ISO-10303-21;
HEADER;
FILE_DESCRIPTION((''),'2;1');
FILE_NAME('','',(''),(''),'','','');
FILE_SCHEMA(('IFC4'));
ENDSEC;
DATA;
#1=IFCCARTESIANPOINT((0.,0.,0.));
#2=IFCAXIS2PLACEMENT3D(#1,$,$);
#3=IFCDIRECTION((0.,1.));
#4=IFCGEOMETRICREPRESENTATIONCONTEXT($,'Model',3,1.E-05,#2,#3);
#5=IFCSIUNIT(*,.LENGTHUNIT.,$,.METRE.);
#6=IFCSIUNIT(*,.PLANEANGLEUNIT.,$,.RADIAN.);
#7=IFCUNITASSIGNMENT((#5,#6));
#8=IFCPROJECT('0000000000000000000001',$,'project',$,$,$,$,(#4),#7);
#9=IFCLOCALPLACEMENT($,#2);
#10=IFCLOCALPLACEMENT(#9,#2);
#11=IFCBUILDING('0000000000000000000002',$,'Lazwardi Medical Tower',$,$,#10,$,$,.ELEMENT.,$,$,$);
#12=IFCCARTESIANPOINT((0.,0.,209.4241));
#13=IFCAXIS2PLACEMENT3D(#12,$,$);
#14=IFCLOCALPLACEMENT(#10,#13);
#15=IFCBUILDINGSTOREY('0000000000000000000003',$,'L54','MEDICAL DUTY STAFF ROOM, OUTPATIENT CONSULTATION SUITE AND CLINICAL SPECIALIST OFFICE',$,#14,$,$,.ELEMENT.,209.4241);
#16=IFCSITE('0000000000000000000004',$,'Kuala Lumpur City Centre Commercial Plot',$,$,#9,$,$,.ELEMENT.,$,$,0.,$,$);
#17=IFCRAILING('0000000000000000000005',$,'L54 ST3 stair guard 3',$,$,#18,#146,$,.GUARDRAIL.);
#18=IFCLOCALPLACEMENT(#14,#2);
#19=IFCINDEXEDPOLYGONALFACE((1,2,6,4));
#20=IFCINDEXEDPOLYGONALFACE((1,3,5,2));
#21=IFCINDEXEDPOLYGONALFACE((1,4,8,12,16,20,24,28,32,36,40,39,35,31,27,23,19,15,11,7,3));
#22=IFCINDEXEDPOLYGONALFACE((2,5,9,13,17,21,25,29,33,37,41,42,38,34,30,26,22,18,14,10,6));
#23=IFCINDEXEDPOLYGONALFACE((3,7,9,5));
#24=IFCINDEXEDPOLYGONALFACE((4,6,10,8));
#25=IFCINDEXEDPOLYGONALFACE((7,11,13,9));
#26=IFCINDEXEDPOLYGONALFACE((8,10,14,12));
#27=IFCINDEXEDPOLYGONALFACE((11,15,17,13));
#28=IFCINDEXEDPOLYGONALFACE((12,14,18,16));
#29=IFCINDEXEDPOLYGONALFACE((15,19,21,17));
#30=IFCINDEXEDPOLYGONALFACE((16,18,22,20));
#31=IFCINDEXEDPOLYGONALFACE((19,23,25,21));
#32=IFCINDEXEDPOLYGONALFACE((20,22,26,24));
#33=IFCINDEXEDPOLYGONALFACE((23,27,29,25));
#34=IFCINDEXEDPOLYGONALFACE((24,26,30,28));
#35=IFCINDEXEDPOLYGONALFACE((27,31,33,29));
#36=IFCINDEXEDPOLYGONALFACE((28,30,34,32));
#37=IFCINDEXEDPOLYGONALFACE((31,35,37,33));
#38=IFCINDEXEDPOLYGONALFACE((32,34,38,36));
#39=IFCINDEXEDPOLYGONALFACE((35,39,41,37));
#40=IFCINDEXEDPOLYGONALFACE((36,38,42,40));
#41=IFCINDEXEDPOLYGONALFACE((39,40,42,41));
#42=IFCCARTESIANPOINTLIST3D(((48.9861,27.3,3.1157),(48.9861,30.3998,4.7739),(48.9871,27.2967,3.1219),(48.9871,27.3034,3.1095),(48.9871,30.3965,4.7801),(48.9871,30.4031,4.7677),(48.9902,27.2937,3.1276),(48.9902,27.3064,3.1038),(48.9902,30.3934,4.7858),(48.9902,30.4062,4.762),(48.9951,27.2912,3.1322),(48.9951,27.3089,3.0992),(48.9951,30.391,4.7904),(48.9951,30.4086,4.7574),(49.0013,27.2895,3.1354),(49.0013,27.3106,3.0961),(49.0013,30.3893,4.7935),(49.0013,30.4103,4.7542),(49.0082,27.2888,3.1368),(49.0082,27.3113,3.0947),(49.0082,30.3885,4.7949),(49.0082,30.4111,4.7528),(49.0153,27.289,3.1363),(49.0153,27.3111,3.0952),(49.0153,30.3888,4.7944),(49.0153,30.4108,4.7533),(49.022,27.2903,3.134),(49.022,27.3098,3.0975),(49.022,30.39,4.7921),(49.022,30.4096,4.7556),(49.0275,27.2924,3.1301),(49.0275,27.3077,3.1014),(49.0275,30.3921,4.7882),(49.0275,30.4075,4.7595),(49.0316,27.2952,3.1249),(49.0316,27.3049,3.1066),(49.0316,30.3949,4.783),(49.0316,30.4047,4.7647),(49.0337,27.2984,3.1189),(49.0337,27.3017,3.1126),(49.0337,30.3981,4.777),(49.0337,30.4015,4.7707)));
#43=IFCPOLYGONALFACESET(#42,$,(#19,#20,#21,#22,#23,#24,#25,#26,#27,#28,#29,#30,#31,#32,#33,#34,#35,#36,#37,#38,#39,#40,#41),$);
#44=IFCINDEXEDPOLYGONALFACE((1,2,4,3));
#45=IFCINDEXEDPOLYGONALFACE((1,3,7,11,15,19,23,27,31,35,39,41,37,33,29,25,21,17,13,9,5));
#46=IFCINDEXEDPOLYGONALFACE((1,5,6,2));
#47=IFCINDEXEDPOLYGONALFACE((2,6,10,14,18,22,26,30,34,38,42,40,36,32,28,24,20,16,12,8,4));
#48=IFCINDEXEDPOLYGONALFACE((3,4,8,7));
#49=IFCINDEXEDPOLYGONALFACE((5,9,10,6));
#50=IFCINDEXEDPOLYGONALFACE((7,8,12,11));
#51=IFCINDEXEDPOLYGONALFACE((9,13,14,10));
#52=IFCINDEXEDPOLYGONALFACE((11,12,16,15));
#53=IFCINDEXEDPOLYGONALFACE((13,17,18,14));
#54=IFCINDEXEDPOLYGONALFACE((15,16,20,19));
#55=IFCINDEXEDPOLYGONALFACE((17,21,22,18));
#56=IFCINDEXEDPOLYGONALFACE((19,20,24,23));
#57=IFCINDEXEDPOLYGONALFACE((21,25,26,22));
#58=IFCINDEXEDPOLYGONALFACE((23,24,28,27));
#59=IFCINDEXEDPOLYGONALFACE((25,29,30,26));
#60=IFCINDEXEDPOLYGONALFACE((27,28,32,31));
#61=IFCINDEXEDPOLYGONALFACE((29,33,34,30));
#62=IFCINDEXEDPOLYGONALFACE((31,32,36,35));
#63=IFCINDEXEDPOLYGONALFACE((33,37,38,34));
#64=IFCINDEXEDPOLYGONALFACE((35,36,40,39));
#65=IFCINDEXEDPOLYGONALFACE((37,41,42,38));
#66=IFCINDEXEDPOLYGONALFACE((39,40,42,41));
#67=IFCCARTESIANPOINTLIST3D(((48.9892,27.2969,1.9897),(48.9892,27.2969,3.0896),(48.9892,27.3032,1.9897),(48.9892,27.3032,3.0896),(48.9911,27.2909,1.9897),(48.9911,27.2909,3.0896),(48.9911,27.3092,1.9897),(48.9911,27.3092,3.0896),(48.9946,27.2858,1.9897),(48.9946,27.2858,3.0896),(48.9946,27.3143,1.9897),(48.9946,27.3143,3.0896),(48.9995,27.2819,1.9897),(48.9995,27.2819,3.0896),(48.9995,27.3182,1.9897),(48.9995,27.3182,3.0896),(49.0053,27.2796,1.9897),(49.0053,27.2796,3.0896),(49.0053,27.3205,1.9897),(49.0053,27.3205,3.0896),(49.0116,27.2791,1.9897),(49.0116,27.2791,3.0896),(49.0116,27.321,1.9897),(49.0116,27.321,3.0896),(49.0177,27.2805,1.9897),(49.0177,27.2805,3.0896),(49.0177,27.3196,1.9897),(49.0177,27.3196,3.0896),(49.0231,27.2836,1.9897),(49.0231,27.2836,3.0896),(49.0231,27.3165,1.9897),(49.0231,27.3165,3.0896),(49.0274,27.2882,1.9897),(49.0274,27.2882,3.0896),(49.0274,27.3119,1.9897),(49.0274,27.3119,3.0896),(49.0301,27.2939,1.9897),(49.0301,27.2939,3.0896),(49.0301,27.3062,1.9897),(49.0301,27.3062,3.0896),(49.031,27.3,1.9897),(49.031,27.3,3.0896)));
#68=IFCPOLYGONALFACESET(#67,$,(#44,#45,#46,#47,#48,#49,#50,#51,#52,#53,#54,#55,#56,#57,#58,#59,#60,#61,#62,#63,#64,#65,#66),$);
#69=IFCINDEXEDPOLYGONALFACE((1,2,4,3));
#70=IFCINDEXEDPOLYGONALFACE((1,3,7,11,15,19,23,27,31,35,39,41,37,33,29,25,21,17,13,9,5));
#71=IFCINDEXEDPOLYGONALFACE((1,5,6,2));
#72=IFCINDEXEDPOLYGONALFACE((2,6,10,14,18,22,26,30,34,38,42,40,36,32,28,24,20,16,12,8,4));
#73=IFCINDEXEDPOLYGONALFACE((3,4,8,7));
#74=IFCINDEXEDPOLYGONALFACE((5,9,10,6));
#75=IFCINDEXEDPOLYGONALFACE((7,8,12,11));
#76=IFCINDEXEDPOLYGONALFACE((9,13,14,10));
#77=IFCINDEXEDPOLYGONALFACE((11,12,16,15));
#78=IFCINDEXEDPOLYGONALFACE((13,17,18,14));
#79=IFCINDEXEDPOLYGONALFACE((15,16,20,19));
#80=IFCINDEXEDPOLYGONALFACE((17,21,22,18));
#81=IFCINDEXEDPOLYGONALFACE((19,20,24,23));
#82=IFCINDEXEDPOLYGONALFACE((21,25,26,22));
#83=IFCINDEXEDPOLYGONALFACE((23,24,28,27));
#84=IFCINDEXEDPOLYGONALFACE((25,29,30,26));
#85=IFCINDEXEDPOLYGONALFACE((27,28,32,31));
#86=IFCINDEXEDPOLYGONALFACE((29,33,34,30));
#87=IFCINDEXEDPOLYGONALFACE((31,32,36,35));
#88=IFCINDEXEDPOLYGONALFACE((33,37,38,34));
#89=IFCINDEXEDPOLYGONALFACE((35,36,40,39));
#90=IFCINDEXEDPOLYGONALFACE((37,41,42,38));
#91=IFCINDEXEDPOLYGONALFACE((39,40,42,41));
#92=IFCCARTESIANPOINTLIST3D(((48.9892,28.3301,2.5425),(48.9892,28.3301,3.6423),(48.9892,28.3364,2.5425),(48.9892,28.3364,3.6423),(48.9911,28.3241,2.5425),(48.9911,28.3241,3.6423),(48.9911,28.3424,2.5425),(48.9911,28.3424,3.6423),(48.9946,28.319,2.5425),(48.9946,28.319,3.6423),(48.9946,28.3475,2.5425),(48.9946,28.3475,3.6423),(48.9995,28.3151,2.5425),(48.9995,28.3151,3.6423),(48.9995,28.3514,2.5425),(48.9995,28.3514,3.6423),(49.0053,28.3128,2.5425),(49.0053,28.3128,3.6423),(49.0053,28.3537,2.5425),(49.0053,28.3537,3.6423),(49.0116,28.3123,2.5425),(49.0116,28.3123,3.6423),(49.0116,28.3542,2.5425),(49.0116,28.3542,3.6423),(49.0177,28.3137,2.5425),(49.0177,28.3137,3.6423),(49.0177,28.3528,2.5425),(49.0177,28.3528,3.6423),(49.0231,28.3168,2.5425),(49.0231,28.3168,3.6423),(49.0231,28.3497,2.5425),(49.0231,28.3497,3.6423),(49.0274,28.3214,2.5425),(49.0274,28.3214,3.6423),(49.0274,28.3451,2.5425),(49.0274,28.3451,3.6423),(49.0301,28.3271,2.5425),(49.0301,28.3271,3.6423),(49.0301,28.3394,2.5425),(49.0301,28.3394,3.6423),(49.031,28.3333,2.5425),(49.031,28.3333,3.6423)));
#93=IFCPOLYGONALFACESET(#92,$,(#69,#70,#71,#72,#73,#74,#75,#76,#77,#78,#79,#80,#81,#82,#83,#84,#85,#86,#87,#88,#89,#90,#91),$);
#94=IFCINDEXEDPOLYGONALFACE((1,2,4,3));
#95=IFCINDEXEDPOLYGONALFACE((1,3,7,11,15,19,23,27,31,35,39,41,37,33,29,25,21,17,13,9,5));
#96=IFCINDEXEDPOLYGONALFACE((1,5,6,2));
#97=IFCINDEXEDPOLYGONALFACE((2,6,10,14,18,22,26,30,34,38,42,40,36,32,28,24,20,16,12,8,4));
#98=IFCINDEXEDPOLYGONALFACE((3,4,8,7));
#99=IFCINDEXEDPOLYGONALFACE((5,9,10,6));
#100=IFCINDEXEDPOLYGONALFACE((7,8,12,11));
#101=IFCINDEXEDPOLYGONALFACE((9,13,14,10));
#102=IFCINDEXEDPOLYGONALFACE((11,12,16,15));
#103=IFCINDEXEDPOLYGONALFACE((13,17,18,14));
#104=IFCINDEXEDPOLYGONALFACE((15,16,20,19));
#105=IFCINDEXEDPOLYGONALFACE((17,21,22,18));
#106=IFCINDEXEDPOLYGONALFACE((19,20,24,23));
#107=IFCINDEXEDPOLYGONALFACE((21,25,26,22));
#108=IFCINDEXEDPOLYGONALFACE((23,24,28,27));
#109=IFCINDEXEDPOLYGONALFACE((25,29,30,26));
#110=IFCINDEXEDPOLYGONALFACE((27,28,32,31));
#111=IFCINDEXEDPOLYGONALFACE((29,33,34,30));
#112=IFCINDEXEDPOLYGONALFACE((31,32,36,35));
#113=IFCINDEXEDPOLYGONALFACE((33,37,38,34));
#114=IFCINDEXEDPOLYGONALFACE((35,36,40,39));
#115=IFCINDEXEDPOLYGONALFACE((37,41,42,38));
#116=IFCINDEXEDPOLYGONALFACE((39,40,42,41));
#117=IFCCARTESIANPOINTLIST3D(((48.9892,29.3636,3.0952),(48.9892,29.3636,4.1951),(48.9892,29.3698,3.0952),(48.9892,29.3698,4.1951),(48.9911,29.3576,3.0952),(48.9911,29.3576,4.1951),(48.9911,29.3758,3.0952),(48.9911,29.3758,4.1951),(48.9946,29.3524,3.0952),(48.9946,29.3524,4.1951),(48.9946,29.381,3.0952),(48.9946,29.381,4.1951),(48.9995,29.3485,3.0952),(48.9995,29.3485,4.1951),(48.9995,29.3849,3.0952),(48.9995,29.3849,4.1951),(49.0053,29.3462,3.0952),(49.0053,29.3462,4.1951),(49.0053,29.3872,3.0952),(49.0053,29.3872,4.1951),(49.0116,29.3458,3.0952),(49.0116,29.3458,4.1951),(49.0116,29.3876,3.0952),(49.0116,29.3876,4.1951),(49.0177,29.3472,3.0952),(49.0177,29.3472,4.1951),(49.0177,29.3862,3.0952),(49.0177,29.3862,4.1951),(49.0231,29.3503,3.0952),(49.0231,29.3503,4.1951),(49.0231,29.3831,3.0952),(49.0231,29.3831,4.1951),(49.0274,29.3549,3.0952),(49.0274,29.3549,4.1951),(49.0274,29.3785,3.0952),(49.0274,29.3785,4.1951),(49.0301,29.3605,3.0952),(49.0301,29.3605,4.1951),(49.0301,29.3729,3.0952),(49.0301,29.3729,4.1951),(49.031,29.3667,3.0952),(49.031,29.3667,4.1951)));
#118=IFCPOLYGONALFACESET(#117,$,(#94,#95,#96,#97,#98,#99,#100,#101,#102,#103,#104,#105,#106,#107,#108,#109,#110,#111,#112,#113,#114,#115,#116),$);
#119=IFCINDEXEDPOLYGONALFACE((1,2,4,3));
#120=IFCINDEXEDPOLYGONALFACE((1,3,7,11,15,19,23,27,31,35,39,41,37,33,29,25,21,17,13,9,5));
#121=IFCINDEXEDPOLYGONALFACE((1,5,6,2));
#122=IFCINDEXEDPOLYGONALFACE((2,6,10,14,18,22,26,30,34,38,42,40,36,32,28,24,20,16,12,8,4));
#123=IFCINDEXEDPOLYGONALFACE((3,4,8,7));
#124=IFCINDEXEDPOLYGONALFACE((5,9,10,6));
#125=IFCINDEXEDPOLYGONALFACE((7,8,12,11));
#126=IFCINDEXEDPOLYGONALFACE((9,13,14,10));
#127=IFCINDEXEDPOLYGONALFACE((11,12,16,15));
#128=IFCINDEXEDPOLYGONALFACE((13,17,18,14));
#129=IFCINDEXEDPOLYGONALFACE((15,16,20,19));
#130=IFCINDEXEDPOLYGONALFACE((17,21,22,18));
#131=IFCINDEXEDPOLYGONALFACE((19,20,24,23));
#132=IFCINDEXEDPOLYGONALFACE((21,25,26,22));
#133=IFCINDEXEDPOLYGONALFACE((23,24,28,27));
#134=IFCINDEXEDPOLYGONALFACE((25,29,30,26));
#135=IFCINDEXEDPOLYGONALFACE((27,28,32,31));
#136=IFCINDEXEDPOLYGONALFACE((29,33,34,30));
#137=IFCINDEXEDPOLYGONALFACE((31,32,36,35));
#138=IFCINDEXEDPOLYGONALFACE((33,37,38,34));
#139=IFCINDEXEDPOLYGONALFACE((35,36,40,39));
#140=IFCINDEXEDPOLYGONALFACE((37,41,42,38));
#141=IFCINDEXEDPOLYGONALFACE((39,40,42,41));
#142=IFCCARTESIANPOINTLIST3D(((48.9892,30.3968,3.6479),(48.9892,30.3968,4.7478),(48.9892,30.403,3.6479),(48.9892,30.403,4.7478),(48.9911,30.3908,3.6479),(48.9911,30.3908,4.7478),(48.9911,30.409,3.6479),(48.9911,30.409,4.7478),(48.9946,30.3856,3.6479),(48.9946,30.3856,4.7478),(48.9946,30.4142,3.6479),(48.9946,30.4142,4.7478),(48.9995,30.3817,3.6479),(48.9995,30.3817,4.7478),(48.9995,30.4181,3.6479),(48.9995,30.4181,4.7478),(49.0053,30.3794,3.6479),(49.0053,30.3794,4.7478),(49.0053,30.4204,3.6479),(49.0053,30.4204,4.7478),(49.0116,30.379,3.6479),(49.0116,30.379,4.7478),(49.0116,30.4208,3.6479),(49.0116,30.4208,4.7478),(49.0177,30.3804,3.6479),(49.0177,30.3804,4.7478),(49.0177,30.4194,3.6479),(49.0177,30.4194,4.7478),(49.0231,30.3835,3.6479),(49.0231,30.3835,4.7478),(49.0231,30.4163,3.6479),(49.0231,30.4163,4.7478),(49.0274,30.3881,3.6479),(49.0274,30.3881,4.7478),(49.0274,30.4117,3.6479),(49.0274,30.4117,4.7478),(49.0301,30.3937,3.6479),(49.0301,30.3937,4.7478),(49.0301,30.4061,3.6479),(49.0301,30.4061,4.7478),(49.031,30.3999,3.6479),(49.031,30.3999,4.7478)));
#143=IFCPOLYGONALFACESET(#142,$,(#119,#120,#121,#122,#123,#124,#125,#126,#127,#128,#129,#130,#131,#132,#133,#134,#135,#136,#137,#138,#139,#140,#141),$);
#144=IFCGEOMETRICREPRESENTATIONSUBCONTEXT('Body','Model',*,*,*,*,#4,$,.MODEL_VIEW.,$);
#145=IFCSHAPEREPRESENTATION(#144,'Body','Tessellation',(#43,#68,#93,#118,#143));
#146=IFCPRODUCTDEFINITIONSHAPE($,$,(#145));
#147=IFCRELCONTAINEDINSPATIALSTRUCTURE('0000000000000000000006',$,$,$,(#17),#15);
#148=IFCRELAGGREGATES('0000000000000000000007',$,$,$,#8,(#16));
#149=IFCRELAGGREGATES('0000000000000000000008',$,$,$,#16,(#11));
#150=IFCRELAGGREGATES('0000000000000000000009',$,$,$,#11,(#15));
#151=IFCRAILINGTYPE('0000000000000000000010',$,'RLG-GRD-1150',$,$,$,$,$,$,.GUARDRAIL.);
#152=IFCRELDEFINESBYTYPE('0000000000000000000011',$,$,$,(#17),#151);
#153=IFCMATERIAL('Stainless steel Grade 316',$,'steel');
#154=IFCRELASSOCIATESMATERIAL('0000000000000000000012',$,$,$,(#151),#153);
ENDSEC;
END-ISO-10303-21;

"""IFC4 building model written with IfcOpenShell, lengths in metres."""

from ifc_helpers import new_model, si_unit, direction, frame, origin, origin_2d, place, context, subcontext, project, spatial, circle, extrude, material, type_object, element, save


model = new_model("IFC4")

# Units and contexts
model_context = context("Model", 3, precision=1e-05, world=origin(), true_north=direction((0.0, 1.0)))
body_context = subcontext(model_context, "Body", "Model", "MODEL_VIEW")
ifc_project = project(units=[si_unit("LENGTHUNIT", "METRE"), si_unit("PLANEANGLEUNIT", "RADIAN")], contexts=[model_context])

# Site, building, storey
site_placement = place(None, origin())
site = spatial("IfcSite", under=ifc_project, at=site_placement, Name="Kuala Lumpur City Centre Commercial Plot", CompositionType="ELEMENT", RefElevation=0.0)
building_placement = place(site_placement, origin())
building = spatial("IfcBuilding", under=site, at=building_placement, Name="Lazwardi Medical Tower", CompositionType="ELEMENT")
storey_placement = place(building_placement, frame((0.0, 0.0, 209.4241)))
storey = spatial("IfcBuildingStorey", under=building, at=storey_placement, Name="L54", Description="MEDICAL DUTY STAFF ROOM, OUTPATIENT CONSULTATION SUITE AND CLINICAL SPECIALIST OFFICE", CompositionType="ELEMENT", Elevation=209.4241)

# Railing
ifc_material_1 = material(Name="Stainless steel Grade 316", Category="steel")
railing_type_1 = type_object("IfcRailingType", Name="RLG-GRD-1150", PredefinedType="GUARDRAIL", material=ifc_material_1)
railing_1_placement = place(storey_placement, frame((49.01, 27.3, 1.9897)))
element("IfcRailing", 1, at=railing_1_placement, inside=storey, type_object=railing_type_1, Name="L54 ST3 stair guard 3", PredefinedType="GUARDRAIL", context=body_context, shape_type="SweptSolid", body=[
    extrude(circle(Radius=0.0239, at=origin_2d()), frame((0.0, 0.0, 1.126), z_axis=(0.0, 0.881768, 0.471684), x_axis=(-1.0, 0.0, 0.0)), (0.0, 0.0, 1.0), 3.5154),
    extrude(circle(Radius=0.021, at=origin_2d()), origin(), (0.0, 0.0, 1.0), 1.0999),
    extrude(circle(Radius=0.021, at=origin_2d()), frame((0.0, 1.0332, 0.5527)), (0.0, 0.0, 1.0), 1.0999),
    extrude(circle(Radius=0.021, at=origin_2d()), frame((0.0, 2.0667, 1.1055)), (0.0, 0.0, 1.0), 1.0999),
    extrude(circle(Radius=0.021, at=origin_2d()), frame((0.0, 3.0999, 1.6582)), (0.0, 0.0, 1.0), 1.0999),
])

save(model, "model.ifc")
